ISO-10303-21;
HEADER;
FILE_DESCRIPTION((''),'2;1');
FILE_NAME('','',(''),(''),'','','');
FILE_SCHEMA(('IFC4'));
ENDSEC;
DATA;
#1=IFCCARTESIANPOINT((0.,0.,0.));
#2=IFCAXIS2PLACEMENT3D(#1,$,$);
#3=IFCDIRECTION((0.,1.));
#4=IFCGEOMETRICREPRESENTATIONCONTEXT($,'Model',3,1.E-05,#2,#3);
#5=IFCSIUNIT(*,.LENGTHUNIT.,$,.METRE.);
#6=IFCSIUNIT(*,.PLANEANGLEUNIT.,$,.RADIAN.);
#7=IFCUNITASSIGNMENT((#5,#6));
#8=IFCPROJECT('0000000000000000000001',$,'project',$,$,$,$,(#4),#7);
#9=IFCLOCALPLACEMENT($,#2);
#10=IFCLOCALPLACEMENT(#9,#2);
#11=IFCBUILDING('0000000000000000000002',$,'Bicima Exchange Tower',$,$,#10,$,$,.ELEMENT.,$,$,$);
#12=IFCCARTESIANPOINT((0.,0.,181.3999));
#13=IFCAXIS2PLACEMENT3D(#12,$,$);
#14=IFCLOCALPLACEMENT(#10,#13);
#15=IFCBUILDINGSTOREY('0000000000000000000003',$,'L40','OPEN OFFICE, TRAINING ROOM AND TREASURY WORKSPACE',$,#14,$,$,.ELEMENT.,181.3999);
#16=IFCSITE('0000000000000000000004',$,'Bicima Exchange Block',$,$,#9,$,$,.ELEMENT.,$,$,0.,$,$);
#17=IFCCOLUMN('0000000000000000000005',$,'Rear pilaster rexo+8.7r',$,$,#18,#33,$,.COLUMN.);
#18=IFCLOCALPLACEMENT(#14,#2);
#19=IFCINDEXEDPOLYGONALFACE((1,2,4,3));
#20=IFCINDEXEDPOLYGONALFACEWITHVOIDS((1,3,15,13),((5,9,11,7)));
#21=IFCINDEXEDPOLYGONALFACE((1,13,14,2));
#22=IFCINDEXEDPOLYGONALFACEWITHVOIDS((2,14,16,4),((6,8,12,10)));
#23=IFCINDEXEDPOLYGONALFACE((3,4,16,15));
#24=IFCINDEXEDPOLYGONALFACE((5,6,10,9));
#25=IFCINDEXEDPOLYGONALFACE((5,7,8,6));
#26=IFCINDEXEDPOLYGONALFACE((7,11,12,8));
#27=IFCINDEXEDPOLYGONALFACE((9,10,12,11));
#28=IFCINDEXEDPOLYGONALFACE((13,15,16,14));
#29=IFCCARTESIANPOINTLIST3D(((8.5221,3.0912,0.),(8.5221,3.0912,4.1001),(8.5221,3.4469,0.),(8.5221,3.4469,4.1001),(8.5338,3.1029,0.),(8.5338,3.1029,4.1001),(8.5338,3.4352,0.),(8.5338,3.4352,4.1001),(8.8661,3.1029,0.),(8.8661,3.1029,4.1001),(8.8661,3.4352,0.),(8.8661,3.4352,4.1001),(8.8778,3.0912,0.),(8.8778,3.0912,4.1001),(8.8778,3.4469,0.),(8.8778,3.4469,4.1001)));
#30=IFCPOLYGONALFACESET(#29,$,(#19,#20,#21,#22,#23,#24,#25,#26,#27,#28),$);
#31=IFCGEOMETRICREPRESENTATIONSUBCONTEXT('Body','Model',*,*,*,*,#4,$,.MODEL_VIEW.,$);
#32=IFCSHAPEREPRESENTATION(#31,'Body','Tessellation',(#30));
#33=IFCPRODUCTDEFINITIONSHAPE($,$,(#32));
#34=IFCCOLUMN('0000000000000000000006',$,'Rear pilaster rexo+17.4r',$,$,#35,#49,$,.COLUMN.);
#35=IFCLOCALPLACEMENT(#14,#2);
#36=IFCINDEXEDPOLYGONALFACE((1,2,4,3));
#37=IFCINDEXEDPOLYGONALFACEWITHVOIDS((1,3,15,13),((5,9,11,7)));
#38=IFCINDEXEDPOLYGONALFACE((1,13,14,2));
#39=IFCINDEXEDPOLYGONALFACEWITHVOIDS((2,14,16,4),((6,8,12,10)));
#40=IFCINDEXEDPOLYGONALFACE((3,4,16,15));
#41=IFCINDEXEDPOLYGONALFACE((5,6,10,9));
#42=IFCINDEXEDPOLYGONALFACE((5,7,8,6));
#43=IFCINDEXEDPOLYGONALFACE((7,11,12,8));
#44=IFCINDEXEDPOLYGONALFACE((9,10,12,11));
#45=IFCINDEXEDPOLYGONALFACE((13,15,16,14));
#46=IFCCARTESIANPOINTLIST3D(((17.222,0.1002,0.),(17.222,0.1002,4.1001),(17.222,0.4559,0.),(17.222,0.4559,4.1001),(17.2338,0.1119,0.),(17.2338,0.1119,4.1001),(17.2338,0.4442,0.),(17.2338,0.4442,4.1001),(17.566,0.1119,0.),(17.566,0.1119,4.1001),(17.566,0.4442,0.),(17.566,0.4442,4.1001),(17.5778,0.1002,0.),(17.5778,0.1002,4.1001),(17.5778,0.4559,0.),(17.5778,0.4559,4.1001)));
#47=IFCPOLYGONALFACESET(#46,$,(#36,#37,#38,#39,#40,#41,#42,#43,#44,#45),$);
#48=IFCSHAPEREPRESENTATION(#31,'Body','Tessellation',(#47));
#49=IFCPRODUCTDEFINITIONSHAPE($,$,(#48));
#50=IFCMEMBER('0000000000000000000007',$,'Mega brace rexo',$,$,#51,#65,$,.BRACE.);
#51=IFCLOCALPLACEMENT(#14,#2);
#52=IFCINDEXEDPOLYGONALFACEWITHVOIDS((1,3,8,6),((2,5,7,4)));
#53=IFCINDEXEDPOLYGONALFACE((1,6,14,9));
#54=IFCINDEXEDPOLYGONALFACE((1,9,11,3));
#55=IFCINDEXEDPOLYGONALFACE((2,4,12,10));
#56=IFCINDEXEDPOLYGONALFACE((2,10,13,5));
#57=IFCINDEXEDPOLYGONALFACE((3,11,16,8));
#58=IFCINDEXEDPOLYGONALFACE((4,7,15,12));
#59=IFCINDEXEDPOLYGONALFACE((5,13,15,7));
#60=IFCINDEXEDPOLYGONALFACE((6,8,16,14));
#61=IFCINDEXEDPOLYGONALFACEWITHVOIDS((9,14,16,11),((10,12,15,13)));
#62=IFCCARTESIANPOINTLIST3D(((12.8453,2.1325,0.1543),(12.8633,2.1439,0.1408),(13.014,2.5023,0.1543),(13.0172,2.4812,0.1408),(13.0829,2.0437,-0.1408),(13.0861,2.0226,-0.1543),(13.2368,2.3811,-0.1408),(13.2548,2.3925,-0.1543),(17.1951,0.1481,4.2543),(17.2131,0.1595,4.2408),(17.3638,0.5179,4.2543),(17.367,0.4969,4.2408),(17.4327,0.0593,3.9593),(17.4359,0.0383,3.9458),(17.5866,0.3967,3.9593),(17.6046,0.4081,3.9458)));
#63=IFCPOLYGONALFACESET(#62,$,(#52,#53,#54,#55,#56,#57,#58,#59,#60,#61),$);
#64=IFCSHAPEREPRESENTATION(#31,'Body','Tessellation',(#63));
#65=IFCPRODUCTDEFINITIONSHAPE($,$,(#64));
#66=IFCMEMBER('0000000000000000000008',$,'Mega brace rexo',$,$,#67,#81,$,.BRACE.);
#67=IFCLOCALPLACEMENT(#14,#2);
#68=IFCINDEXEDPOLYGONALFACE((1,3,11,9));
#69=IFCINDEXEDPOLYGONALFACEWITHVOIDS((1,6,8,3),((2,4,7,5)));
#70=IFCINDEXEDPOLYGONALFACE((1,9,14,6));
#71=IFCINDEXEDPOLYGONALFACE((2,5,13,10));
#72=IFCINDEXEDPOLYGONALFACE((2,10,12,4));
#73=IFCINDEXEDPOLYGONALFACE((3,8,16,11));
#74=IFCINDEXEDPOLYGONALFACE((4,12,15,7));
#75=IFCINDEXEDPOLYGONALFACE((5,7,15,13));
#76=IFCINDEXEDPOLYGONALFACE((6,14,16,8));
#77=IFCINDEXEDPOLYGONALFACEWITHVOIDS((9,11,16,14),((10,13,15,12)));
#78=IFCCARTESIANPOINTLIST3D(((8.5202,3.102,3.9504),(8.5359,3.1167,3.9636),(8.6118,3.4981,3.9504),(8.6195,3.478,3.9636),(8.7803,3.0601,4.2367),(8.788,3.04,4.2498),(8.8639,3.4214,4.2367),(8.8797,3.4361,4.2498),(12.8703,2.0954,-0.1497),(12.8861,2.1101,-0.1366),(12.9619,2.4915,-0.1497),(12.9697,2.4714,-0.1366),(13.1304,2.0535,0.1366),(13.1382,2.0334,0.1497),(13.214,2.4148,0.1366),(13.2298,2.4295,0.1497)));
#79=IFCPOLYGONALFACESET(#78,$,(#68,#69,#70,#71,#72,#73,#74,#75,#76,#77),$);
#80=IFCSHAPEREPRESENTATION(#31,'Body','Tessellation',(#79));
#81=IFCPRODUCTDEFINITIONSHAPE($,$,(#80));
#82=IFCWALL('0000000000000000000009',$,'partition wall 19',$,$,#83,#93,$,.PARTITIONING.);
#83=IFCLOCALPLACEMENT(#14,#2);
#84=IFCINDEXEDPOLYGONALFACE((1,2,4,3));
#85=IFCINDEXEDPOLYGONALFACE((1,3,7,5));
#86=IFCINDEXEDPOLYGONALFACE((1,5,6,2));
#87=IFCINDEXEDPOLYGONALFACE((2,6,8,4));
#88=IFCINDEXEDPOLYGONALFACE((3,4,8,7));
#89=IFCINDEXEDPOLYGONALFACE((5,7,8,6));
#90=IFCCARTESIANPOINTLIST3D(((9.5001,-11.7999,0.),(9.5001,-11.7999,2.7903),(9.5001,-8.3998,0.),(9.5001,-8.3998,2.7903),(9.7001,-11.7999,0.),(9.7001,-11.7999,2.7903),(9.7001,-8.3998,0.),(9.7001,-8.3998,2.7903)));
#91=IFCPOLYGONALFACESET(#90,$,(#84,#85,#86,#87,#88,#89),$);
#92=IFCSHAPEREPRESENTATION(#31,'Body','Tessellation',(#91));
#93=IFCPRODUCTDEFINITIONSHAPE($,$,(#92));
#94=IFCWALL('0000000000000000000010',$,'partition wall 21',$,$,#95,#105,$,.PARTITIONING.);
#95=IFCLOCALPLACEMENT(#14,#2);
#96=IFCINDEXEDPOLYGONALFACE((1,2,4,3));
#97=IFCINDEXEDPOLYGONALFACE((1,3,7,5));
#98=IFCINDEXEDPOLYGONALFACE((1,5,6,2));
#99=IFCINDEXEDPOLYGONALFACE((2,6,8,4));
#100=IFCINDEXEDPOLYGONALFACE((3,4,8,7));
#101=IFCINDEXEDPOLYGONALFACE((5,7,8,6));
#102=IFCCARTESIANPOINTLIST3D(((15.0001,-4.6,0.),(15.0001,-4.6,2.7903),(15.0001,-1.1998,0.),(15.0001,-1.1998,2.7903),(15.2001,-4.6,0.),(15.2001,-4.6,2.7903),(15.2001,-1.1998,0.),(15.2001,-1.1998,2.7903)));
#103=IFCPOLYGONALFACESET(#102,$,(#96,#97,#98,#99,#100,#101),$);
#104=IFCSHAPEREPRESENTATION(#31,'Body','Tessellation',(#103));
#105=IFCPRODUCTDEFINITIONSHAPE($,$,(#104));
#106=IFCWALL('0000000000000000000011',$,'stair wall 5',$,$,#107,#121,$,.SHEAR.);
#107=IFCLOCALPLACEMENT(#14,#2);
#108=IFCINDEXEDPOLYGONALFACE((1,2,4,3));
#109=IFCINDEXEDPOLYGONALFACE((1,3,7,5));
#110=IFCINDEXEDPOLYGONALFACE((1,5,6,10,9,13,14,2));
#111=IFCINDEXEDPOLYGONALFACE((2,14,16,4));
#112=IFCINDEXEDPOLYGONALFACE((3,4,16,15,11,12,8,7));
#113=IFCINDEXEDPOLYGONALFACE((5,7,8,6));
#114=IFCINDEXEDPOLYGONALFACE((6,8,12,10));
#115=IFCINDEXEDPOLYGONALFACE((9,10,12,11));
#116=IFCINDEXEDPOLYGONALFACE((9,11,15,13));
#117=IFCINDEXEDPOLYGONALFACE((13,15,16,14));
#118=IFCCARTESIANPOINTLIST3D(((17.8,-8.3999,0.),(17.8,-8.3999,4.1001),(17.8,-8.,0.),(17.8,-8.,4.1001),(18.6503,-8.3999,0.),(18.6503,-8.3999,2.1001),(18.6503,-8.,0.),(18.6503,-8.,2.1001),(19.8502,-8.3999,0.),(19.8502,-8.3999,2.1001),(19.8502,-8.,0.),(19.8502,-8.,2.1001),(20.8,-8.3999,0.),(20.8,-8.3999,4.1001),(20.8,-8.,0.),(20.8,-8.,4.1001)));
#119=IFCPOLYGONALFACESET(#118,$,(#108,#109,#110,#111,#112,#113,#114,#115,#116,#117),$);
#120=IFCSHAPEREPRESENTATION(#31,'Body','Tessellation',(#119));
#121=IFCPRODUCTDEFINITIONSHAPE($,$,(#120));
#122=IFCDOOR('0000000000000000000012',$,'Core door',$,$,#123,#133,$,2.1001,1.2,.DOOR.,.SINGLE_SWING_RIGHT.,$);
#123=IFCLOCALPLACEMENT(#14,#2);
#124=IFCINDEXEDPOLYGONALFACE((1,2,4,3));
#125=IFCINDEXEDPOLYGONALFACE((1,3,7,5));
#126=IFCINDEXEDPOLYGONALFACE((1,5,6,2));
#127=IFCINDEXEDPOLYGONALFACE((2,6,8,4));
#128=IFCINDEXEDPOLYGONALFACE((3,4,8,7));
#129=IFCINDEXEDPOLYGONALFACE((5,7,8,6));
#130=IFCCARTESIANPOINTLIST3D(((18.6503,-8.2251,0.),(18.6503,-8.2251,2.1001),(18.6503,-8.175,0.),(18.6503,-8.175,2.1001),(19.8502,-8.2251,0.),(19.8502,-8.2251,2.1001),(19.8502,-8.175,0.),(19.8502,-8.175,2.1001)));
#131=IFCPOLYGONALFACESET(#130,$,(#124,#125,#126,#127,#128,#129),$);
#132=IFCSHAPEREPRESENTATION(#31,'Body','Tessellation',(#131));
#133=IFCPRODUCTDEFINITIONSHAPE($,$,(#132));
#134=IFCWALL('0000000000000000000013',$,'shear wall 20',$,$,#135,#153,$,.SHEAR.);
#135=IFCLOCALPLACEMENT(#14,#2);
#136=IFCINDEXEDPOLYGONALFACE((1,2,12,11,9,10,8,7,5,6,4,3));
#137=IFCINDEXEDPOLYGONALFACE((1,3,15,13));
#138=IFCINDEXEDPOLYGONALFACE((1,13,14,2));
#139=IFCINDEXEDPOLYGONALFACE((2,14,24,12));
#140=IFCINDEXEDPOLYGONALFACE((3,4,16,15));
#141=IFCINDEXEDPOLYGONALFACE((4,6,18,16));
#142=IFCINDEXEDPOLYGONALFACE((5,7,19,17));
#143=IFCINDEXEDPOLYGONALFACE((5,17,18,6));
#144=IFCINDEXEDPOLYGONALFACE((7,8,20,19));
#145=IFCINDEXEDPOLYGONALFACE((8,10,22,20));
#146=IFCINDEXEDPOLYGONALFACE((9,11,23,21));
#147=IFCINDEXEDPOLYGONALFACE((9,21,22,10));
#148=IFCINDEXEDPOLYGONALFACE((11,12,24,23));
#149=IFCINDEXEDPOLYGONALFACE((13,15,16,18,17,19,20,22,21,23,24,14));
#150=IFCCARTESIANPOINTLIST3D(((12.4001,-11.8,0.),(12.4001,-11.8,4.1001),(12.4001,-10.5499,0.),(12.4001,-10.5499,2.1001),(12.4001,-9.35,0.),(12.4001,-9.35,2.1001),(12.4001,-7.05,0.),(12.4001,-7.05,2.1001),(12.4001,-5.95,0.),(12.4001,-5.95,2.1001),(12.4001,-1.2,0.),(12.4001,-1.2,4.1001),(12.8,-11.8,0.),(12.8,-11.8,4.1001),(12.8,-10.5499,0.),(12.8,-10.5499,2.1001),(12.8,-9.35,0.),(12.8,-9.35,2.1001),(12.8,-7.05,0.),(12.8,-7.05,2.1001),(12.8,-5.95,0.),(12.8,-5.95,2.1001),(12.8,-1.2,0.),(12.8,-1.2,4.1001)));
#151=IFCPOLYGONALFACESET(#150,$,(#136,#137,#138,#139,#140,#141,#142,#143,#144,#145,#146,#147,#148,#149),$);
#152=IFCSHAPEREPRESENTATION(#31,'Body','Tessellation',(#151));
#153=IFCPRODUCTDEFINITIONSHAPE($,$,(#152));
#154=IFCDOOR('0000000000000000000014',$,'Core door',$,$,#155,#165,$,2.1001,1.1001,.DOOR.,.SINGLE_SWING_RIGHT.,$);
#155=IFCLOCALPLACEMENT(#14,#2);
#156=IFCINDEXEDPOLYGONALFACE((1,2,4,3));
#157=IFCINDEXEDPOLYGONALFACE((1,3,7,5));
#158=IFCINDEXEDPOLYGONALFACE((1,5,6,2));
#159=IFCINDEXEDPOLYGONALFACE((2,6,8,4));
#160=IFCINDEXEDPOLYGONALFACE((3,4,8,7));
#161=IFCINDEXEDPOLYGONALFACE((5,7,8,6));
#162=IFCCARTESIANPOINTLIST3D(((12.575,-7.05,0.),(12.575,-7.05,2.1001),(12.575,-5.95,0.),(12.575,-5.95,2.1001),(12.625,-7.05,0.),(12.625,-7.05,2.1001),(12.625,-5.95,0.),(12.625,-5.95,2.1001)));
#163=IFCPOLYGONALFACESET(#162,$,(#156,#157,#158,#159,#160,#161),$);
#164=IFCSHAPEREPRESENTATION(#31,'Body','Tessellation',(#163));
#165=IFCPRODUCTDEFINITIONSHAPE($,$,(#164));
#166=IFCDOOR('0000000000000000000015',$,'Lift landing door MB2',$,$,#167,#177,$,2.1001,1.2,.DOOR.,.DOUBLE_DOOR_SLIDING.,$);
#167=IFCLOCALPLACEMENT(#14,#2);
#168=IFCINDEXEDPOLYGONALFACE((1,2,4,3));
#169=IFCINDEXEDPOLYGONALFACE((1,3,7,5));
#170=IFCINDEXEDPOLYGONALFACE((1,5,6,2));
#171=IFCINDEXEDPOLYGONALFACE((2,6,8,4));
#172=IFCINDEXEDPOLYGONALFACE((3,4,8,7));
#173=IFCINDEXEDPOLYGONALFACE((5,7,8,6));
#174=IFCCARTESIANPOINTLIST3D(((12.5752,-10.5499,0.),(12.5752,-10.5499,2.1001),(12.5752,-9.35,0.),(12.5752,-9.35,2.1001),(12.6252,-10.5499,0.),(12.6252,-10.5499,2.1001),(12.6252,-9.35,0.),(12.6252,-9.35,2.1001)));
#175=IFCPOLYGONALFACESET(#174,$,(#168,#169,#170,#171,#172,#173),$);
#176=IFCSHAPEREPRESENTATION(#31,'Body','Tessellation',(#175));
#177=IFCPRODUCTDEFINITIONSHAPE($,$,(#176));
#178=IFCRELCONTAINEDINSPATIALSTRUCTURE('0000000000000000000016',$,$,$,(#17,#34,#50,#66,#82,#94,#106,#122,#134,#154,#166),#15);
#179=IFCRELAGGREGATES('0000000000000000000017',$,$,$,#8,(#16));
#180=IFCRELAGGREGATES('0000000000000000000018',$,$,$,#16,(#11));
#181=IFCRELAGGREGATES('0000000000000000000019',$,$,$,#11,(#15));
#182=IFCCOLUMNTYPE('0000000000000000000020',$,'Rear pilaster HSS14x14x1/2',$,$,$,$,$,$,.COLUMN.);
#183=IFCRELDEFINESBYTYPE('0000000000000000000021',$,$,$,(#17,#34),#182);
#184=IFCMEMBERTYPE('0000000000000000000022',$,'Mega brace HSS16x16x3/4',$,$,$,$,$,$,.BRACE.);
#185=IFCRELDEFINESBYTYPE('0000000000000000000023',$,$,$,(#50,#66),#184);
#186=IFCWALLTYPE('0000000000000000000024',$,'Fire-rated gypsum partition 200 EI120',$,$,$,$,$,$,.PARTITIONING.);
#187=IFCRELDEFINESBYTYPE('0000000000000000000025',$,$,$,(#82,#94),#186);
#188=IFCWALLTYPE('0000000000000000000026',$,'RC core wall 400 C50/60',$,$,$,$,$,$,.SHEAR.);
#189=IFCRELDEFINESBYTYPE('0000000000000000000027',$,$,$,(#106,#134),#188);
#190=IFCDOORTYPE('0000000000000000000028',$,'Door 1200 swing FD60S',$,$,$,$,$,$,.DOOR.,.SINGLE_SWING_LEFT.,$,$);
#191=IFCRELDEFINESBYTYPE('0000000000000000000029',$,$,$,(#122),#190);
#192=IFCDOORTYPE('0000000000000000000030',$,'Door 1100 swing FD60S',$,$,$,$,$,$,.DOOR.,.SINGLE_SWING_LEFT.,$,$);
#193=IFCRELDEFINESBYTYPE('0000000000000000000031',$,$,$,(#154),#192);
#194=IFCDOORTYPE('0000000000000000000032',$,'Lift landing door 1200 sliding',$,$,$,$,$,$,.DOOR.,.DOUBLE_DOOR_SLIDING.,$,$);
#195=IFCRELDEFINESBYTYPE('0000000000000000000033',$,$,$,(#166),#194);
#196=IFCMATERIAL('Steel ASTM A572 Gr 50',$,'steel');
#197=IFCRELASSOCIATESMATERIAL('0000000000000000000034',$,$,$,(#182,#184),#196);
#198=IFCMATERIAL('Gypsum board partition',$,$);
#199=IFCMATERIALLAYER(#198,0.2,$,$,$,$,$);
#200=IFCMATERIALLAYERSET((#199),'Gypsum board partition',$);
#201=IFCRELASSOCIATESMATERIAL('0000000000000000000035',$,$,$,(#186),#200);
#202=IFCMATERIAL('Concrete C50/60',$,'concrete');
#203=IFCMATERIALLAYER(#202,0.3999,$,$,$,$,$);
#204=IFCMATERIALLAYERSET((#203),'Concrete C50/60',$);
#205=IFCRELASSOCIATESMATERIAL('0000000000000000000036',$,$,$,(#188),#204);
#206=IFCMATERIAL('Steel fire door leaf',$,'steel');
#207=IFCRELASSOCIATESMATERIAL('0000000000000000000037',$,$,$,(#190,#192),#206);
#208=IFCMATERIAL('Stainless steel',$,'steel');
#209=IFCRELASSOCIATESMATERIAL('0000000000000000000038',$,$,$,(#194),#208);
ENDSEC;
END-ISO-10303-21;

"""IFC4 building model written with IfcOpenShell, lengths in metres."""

from ifc_helpers import new_model, si_unit, direction, frame, frame_2d, origin, origin_2d, place, context, subcontext, project, spatial, rectangle, hollow_rectangle, extrude, material, layer, layer_set, material_profile, profile_set, type_object, element, fill, save


model = new_model("IFC4")

# Units and contexts
model_context = context("Model", 3, precision=1e-05, world=origin(), true_north=direction((0.0, 1.0)))
body_context = subcontext(model_context, "Body", "Model", "MODEL_VIEW")
ifc_project = project(units=[si_unit("LENGTHUNIT", "METRE"), si_unit("PLANEANGLEUNIT", "RADIAN")], contexts=[model_context])

# Site, building, storey
site_placement = place(None, origin())
site = spatial("IfcSite", under=ifc_project, at=site_placement, Name="Bicima Exchange Block", CompositionType="ELEMENT", RefElevation=0.0)
building_placement = place(site_placement, origin())
building = spatial("IfcBuilding", under=site, at=building_placement, Name="Bicima Exchange Tower", CompositionType="ELEMENT")
storey_placement = place(building_placement, frame((0.0, 0.0, 181.3999)))
storey = spatial("IfcBuildingStorey", under=building, at=storey_placement, Name="L40", Description="OPEN OFFICE, TRAINING ROOM AND TREASURY WORKSPACE", CompositionType="ELEMENT", Elevation=181.3999)

# Columns
ifc_material_1 = material(Name="Steel ASTM A572 Gr 50", Category="steel")
ifc_material_profile_1 = material_profile(ifc_material_1, hollow_rectangle(XDim=0.3557, YDim=0.3557, WallThickness=0.0117, at=origin_2d()))
ifc_profile_set_1 = profile_set([ifc_material_profile_1], Name="Steel ASTM A572 Gr 50")
column_type = type_object("IfcColumnType", Name="Rear pilaster HSS14x14x1/2", PredefinedType="COLUMN", material=ifc_profile_set_1)
for number, where, z_axis, x_axis, name in (
    (1, (8.7, 3.269, 0.0), (0.0, 0.0, 1.0), (1.0, 0.0, 0.0), "Rear pilaster rexo+8.7r"),
    (2, (17.3999, 0.2781, 0.0), (0.0, 0.0, 1.0), (1.0, 0.0, 0.0), "Rear pilaster rexo+17.4r"),
):
    element("IfcColumn", number, at=place(storey_placement, frame(where, z_axis=z_axis, x_axis=x_axis)), inside=storey, type_object=column_type, Name=name, PredefinedType="COLUMN", context=body_context, shape_type="SweptSolid", body=[
        extrude(hollow_rectangle(XDim=0.3557, YDim=0.3557, WallThickness=0.0117, at=origin_2d()), origin(), (0.0, 0.0, 1.0), 4.1001),
    ])

# Members
ifc_material_profile_2 = material_profile(ifc_material_1, hollow_rectangle(XDim=0.4065, YDim=0.4065, WallThickness=0.0178, at=origin_2d()))
ifc_profile_set_2 = profile_set([ifc_material_profile_2], Name="Steel ASTM A572 Gr 50")
member_type = type_object("IfcMemberType", Name="Mega brace HSS16x16x3/4", PredefinedType="BRACE", material=ifc_profile_set_2)
member_1_placement = place(storey_placement, frame((13.05, 2.2625, 0.0), z_axis=(0.690629, -0.31506, 0.650975), x_axis=(0.415045, 0.909801, 0.0)))
element("IfcMember", 3, at=member_1_placement, inside=storey, type_object=member_type, Name="Mega brace rexo", PredefinedType="BRACE", context=body_context, shape_type="SweptSolid", body=[
    extrude(hollow_rectangle(XDim=0.4065, YDim=0.4065, WallThickness=0.0178, at=origin_2d()), origin(), (0.0, 0.0, 1.0), 6.2983),
])
member_2_placement = place(storey_placement, frame((13.05, 2.2625, 0.0), z_axis=(-0.717606, 0.166051, 0.676365), x_axis=(-0.225439, -0.974257, 0.0)))
element("IfcMember", 4, at=member_2_placement, inside=storey, type_object=member_type, Name="Mega brace rexo", PredefinedType="BRACE", context=body_context, shape_type="SweptSolid", body=[
    extrude(hollow_rectangle(XDim=0.4065, YDim=0.4065, WallThickness=0.0178, at=origin_2d()), origin(), (0.0, 0.0, 1.0), 6.062),
])

# Walls
ifc_material_2 = material(Name="Gypsum board partition")
ifc_layer_1 = layer(ifc_material_2, 0.2)
ifc_layer_set_1 = layer_set([ifc_layer_1], Name="Gypsum board partition")
wall_type_1 = type_object("IfcWallType", Name="Fire-rated gypsum partition 200 EI120", PredefinedType="PARTITIONING", material=ifc_layer_set_1)
for number, where, z_axis, x_axis, name in (
    (5, (9.6001, -11.8, 0.0), (0.0, 0.0, 1.0), (0.0, 1.0, 0.0), "partition wall 19"),
    (6, (15.1001, -4.6001, 0.0), (0.0, 0.0, 1.0), (0.0, 1.0, 0.0), "partition wall 21"),
):
    element("IfcWall", number, at=place(storey_placement, frame(where, z_axis=z_axis, x_axis=x_axis)), inside=storey, type_object=wall_type_1, Name=name, PredefinedType="PARTITIONING", context=body_context, shape_type="SweptSolid", body=[
        extrude(rectangle(XDim=3.4001, YDim=0.2, at=frame_2d((1.7002, 0.0))), origin(), (0.0, 0.0, 1.0), 2.7903),
    ])

# Wall, opening, door
ifc_material_3 = material(Name="Concrete C50/60", Category="concrete")
ifc_layer_2 = layer(ifc_material_3, 0.3999)
ifc_layer_set_2 = layer_set([ifc_layer_2], Name="Concrete C50/60")
wall_type_2 = type_object("IfcWallType", Name="RC core wall 400 C50/60", PredefinedType="SHEAR", material=ifc_layer_set_2)
wall_1_placement = place(storey_placement, frame((17.8, -8.2, 0.0), z_axis=(0.0, 0.0, 1.0), x_axis=(1.0, 0.0, 0.0)))
wall_1 = element("IfcWall", 7, at=wall_1_placement, inside=storey, type_object=wall_type_2, Name="stair wall 5", PredefinedType="SHEAR", context=body_context, shape_type="SweptSolid", body=[
    extrude(rectangle(XDim=3.0, YDim=0.3999, at=frame_2d((1.5, 0.0))), origin(), (0.0, 0.0, 1.0), 4.1001),
])
opening_1_placement = place(wall_1_placement, frame((0.8501, 0.0, 0.0)))
opening_1 = element("IfcOpeningElement", 8, at=opening_1_placement, cuts=wall_1, PredefinedType="OPENING", context=body_context, shape_type="SweptSolid", body=[
    extrude(rectangle(XDim=1.2, YDim=2.1001, at=frame_2d((0.6001, 1.05))), frame((0.0, 0.2119, 0.0), z_axis=(0.0, -1.0, 0.0), x_axis=(1.0, 0.0, 0.0)), (0.0, 0.0, 1.0), 0.4238),
])
ifc_material_4 = material(Name="Steel fire door leaf", Category="steel")
door_type_1 = type_object("IfcDoorType", Name="Door 1200 swing FD60S", OperationType="SINGLE_SWING_LEFT", PredefinedType="DOOR", material=ifc_material_4)
door_1_placement = place(opening_1_placement, origin())
door_1 = element("IfcDoor", 9, at=door_1_placement, inside=storey, type_object=door_type_1, Name="Core door", OperationType="SINGLE_SWING_RIGHT", OverallHeight=2.1001, OverallWidth=1.2, PredefinedType="DOOR", context=body_context, shape_type="SweptSolid", body=[
    extrude(rectangle(XDim=1.2, YDim=2.1001, at=frame_2d((0.6001, 1.05))), frame((0.0, 0.0249, 0.0), z_axis=(0.0, -1.0, 0.0), x_axis=(1.0, 0.0, 0.0)), (0.0, 0.0, 1.0), 0.05),
])
fill(opening_1, door_1)

# Wall, openings, doors
wall_2_placement = place(storey_placement, frame((12.6001, -11.8, 0.0), z_axis=(0.0, 0.0, 1.0), x_axis=(0.0, 1.0, 0.0)))
wall_2 = element("IfcWall", 10, at=wall_2_placement, inside=storey, type_object=wall_type_2, Name="shear wall 20", PredefinedType="SHEAR", context=body_context, shape_type="SweptSolid", body=[
    extrude(rectangle(XDim=10.6001, YDim=0.3999, at=frame_2d((5.3, 0.0))), origin(), (0.0, 0.0, 1.0), 4.1001),
])
opening_2_placement = place(wall_2_placement, frame((1.25, 0.0, 0.0)))
opening_2 = element("IfcOpeningElement", 11, at=opening_2_placement, cuts=wall_2, PredefinedType="OPENING", context=body_context, shape_type="SweptSolid", body=[
    extrude(rectangle(XDim=1.2, YDim=2.1001, at=frame_2d((0.6001, 1.05))), frame((0.0, 0.2119, 0.0), z_axis=(0.0, -1.0, 0.0), x_axis=(1.0, 0.0, 0.0)), (0.0, 0.0, 1.0), 0.4238),
])
opening_3_placement = place(wall_2_placement, frame((4.75, 0.0, 0.0)))
opening_3 = element("IfcOpeningElement", 12, at=opening_3_placement, cuts=wall_2, PredefinedType="OPENING", context=body_context, shape_type="SweptSolid", body=[
    extrude(rectangle(XDim=1.1001, YDim=2.1001, at=frame_2d((0.55, 1.05))), frame((0.0, 0.2119, 0.0), z_axis=(0.0, -1.0, 0.0), x_axis=(1.0, 0.0, 0.0)), (0.0, 0.0, 1.0), 0.4238),
])
door_type_2 = type_object("IfcDoorType", Name="Door 1100 swing FD60S", OperationType="SINGLE_SWING_LEFT", PredefinedType="DOOR", material=ifc_material_4)
door_2_placement = place(opening_3_placement, frame((1.1001, 0.0, 0.0), z_axis=(0.0, 0.0, 1.0), x_axis=(-1.0, 0.0, 0.0)))
door_2 = element("IfcDoor", 13, at=door_2_placement, inside=storey, type_object=door_type_2, Name="Core door", OperationType="SINGLE_SWING_RIGHT", OverallHeight=2.1001, OverallWidth=1.1001, PredefinedType="DOOR", context=body_context, shape_type="SweptSolid", body=[
    extrude(rectangle(XDim=1.1001, YDim=2.1001, at=frame_2d((0.55, 1.05))), frame((0.0, 0.0249, 0.0), z_axis=(0.0, -1.0, 0.0), x_axis=(1.0, 0.0, 0.0)), (0.0, 0.0, 1.0), 0.05),
])
fill(opening_3, door_2)
ifc_material_5 = material(Name="Stainless steel", Category="steel")
door_type_3 = type_object("IfcDoorType", Name="Lift landing door 1200 sliding", OperationType="DOUBLE_DOOR_SLIDING", PredefinedType="DOOR", material=ifc_material_5)
door_3_placement = place(opening_2_placement, origin())
door_3 = element("IfcDoor", 14, at=door_3_placement, inside=storey, type_object=door_type_3, Name="Lift landing door MB2", OperationType="DOUBLE_DOOR_SLIDING", OverallHeight=2.1001, OverallWidth=1.2, PredefinedType="DOOR", context=body_context, shape_type="SweptSolid", body=[
    extrude(rectangle(XDim=1.2, YDim=2.1001, at=frame_2d((0.6001, 1.05))), frame((0.0, 0.0249, 0.0), z_axis=(0.0, -1.0, 0.0), x_axis=(1.0, 0.0, 0.0)), (0.0, 0.0, 1.0), 0.05),
])
fill(opening_2, door_3)

save(model, "model.ifc")
